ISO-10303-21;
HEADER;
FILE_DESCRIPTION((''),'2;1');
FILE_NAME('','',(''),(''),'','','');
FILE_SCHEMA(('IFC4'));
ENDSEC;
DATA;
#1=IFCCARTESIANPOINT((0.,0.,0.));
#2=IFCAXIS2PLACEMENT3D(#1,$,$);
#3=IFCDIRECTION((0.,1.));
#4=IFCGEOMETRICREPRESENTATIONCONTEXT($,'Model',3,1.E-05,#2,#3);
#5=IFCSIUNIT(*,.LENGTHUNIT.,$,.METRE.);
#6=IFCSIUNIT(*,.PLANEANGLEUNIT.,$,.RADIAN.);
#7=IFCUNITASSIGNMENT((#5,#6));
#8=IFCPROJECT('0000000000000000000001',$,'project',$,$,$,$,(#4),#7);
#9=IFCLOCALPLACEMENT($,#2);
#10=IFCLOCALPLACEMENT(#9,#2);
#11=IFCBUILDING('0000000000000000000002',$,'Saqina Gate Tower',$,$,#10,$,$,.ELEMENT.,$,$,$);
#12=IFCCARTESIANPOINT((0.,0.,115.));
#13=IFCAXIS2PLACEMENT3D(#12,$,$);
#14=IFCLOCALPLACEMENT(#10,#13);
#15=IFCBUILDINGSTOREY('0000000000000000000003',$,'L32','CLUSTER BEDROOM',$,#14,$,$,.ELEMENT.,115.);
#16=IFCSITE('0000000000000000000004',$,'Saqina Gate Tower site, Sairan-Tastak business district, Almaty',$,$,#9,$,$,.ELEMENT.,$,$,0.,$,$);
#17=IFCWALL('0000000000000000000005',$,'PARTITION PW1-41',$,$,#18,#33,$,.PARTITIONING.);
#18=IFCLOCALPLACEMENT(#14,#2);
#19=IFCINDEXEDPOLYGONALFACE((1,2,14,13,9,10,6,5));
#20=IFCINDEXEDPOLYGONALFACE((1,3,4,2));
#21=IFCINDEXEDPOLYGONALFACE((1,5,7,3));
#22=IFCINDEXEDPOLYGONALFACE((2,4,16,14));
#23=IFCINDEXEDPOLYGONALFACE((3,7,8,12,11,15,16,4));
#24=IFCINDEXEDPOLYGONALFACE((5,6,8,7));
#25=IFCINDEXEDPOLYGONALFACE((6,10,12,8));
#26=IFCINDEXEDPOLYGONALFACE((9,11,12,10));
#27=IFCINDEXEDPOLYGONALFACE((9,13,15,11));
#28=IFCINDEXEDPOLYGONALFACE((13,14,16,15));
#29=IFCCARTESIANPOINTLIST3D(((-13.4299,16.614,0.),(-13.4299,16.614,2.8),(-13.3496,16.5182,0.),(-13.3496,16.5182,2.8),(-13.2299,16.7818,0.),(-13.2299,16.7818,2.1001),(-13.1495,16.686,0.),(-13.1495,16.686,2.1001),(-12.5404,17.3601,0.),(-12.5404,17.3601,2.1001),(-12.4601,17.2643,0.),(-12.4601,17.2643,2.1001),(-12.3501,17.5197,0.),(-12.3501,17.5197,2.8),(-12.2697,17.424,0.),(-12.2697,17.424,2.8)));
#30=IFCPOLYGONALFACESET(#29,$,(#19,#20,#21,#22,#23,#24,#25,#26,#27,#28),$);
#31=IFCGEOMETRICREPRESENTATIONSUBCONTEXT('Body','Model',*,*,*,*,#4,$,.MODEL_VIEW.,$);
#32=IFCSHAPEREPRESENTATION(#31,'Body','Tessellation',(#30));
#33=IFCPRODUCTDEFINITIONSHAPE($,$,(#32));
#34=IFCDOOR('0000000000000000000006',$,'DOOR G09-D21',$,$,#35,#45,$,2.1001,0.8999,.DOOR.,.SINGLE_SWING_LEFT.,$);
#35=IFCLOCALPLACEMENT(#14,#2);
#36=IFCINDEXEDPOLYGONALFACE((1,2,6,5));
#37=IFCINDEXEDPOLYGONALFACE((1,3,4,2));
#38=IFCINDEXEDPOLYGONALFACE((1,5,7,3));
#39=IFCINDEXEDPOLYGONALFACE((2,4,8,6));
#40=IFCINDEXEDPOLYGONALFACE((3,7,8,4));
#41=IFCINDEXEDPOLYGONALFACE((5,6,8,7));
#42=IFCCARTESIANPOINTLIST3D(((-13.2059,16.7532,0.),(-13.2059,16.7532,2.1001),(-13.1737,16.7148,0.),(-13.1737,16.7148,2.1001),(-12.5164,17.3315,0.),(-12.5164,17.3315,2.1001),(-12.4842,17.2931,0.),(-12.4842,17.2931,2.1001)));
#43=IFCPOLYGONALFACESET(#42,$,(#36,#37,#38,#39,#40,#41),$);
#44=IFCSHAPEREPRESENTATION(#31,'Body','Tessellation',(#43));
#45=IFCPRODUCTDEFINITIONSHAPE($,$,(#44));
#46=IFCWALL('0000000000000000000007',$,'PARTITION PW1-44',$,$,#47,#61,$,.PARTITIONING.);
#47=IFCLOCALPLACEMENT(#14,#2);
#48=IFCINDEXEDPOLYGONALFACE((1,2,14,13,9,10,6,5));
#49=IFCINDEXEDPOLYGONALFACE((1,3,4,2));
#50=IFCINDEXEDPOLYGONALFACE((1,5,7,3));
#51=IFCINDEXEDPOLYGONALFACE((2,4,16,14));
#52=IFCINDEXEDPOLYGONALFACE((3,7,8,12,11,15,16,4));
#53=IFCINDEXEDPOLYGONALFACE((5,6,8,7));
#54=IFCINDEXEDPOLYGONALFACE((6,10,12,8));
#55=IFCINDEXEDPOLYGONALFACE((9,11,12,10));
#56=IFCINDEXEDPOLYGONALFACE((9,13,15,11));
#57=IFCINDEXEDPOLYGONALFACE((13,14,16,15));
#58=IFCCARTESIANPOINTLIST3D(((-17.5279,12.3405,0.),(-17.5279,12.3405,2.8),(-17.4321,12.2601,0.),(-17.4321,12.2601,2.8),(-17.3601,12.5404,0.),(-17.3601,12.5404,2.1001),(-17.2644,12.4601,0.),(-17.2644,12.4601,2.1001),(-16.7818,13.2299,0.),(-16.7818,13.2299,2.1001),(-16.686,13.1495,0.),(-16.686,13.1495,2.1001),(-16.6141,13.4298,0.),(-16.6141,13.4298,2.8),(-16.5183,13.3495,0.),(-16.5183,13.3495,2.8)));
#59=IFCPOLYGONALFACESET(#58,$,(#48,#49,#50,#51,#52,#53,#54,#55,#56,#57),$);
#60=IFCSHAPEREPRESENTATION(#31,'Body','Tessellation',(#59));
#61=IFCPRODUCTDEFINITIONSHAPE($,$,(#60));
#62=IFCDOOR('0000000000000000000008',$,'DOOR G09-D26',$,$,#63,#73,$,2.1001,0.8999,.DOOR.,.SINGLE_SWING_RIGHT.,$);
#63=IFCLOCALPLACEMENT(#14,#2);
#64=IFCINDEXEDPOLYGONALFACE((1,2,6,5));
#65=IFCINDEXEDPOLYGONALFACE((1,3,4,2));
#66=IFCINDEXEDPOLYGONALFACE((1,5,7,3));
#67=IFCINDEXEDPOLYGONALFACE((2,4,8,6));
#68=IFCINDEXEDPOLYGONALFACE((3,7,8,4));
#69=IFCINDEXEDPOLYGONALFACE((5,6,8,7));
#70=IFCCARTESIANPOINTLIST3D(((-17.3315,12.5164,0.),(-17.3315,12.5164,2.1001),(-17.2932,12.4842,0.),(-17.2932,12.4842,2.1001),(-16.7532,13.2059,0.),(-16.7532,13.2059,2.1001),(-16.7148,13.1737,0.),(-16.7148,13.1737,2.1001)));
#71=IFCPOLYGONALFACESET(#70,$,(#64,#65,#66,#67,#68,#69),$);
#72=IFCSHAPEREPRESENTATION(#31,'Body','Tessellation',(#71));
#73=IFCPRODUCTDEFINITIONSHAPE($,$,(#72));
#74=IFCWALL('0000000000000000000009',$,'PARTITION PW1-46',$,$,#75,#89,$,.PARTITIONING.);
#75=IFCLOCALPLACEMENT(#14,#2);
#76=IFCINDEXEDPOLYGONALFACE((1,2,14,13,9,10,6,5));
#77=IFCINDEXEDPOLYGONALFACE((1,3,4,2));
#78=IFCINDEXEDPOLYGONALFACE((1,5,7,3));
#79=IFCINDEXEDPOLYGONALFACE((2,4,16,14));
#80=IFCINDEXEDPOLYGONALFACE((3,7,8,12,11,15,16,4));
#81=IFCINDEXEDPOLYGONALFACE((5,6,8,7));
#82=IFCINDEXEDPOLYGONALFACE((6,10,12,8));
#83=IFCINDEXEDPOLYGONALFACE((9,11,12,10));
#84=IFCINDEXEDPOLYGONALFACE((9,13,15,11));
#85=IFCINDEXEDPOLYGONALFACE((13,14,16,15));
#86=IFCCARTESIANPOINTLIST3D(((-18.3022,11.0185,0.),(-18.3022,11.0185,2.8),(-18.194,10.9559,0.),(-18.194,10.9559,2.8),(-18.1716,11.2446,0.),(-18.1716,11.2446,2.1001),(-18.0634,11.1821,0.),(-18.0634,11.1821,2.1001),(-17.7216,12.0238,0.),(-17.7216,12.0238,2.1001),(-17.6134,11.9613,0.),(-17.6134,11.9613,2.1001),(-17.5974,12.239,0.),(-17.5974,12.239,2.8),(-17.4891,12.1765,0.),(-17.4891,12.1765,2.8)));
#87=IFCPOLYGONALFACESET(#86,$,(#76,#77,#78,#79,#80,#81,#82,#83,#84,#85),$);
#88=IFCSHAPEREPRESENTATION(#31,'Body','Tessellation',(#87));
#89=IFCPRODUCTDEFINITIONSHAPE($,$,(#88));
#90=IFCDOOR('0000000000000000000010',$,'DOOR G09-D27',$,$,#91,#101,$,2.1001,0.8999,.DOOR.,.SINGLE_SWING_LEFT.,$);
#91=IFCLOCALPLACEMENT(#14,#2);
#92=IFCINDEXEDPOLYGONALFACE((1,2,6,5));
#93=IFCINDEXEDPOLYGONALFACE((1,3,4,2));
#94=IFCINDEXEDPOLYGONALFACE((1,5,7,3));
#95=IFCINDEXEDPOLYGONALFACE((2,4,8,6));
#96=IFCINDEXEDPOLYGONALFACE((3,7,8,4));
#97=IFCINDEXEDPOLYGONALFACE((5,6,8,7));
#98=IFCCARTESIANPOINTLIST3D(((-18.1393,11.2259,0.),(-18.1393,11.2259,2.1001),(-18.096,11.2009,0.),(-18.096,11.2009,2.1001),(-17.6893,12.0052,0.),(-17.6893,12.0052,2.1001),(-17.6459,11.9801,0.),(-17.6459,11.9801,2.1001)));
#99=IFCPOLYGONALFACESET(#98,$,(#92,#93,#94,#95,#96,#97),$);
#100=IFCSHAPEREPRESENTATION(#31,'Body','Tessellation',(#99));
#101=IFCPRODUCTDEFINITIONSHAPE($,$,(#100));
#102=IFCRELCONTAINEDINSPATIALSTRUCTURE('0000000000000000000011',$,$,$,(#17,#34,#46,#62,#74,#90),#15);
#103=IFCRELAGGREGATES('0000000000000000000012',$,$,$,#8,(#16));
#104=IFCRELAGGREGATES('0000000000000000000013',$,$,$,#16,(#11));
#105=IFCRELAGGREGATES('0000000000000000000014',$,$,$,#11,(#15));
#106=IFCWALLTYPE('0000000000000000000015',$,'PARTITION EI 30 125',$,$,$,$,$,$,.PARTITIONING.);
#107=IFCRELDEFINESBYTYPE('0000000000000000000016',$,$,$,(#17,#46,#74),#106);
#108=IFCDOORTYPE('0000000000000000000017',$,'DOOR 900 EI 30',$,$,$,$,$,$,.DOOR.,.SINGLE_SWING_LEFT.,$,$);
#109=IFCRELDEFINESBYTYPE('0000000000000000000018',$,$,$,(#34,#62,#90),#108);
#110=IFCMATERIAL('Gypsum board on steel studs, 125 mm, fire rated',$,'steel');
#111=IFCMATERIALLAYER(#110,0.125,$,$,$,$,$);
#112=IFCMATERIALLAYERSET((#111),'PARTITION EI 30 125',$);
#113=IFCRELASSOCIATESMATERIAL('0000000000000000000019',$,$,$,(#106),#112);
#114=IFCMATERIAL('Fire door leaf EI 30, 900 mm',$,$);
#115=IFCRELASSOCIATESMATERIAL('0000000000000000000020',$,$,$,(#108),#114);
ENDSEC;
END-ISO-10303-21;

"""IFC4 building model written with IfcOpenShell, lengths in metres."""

from ifc_helpers import new_model, si_unit, direction, frame, frame_2d, origin, place, context, subcontext, project, spatial, rectangle, extrude, material, layer, layer_set, type_object, element, fill, save


model = new_model("IFC4")

# Units and contexts
model_context = context("Model", 3, precision=1e-05, world=origin(), true_north=direction((0.0, 1.0)))
body_context = subcontext(model_context, "Body", "Model", "MODEL_VIEW")
ifc_project = project(units=[si_unit("LENGTHUNIT", "METRE"), si_unit("PLANEANGLEUNIT", "RADIAN")], contexts=[model_context])

# Site, building, storey
site_placement = place(None, origin())
site = spatial("IfcSite", under=ifc_project, at=site_placement, Name="Saqina Gate Tower site, Sairan-Tastak business district, Almaty", CompositionType="ELEMENT", RefElevation=0.0)
building_placement = place(site_placement, origin())
building = spatial("IfcBuilding", under=site, at=building_placement, Name="Saqina Gate Tower", CompositionType="ELEMENT")
storey_placement = place(building_placement, frame((0.0, 0.0, 115.0)))
storey = spatial("IfcBuildingStorey", under=building, at=storey_placement, Name="L32", Description="CLUSTER BEDROOM", CompositionType="ELEMENT", Elevation=115.0)

# Walls, openings, doors
ifc_material_1 = material(Name="Gypsum board on steel studs, 125 mm, fire rated", Category="steel")
ifc_layer_1 = layer(ifc_material_1, 0.125)
ifc_layer_set_1 = layer_set([ifc_layer_1], Name="PARTITION EI 30 125")
wall_type_1 = type_object("IfcWallType", Name="PARTITION EI 30 125", PredefinedType="PARTITIONING", material=ifc_layer_set_1)
wall_1_placement = place(storey_placement, frame((-13.3896, 16.5662, 0.0), z_axis=(0.0, 0.0, 1.0), x_axis=(0.766159, 0.642652, 0.0)))
wall_1 = element("IfcWall", 1, at=wall_1_placement, inside=storey, type_object=wall_type_1, Name="PARTITION PW1-41", PredefinedType="PARTITIONING", context=body_context, shape_type="SweptSolid", body=[
    extrude(rectangle(XDim=1.4094, YDim=0.125, at=frame_2d((0.7046, 0.0))), origin(), (0.0, 0.0, 1.0), 2.8),
])
opening_1_placement = place(wall_1_placement, frame((0.261, 0.0, 0.0)))
opening_1 = element("IfcOpeningElement", 2, at=opening_1_placement, cuts=wall_1, PredefinedType="OPENING", context=body_context, shape_type="SweptSolid", body=[
    extrude(rectangle(XDim=0.8999, YDim=2.1001, at=frame_2d((0.45, 1.05))), frame((0.0, 0.0745, 0.0), z_axis=(0.0, -1.0, 0.0), x_axis=(1.0, 0.0, 0.0)), (0.0, 0.0, 1.0), 0.1489),
])
ifc_material_2 = material(Name="Fire door leaf EI 30, 900 mm")
door_type_1 = type_object("IfcDoorType", Name="DOOR 900 EI 30", OperationType="SINGLE_SWING_LEFT", PredefinedType="DOOR", material=ifc_material_2)
door_1_placement = place(opening_1_placement, frame((0.8999, 0.0, 0.0), z_axis=(0.0, 0.0, 1.0), x_axis=(-1.0, 0.0, 0.0)))
door_1 = element("IfcDoor", 3, at=door_1_placement, inside=storey, type_object=door_type_1, Name="DOOR G09-D21", OperationType="SINGLE_SWING_LEFT", OverallHeight=2.1001, OverallWidth=0.8999, PredefinedType="DOOR", context=body_context, shape_type="SweptSolid", body=[
    extrude(rectangle(XDim=0.8999, YDim=2.1001, at=frame_2d((0.45, 1.05))), frame((0.0, 0.0249, 0.0), z_axis=(0.0, -1.0, 0.0), x_axis=(1.0, 0.0, 0.0)), (0.0, 0.0, 1.0), 0.05),
])
fill(opening_1, door_1)
wall_2_placement = place(storey_placement, frame((-17.48, 12.3003, 0.0), z_axis=(0.0, 0.0, 1.0), x_axis=(0.642681, 0.766134, 0.0)))
wall_2 = element("IfcWall", 4, at=wall_2_placement, inside=storey, type_object=wall_type_1, Name="PARTITION PW1-44", PredefinedType="PARTITIONING", context=body_context, shape_type="SweptSolid", body=[
    extrude(rectangle(XDim=1.4219, YDim=0.125, at=frame_2d((0.7109, 0.0))), origin(), (0.0, 0.0, 1.0), 2.8),
])
opening_2_placement = place(wall_2_placement, frame((0.261, 0.0, 0.0)))
opening_2 = element("IfcOpeningElement", 5, at=opening_2_placement, cuts=wall_2, PredefinedType="OPENING", context=body_context, shape_type="SweptSolid", body=[
    extrude(rectangle(XDim=0.8999, YDim=2.1001, at=frame_2d((0.45, 1.05))), frame((0.0, 0.0745, 0.0), z_axis=(0.0, -1.0, 0.0), x_axis=(1.0, 0.0, 0.0)), (0.0, 0.0, 1.0), 0.1489),
])
door_2_placement = place(opening_2_placement, frame((0.8999, 0.0, 0.0), z_axis=(0.0, 0.0, 1.0), x_axis=(-1.0, 0.0, 0.0)))
door_2 = element("IfcDoor", 6, at=door_2_placement, inside=storey, type_object=door_type_1, Name="DOOR G09-D26", OperationType="SINGLE_SWING_RIGHT", OverallHeight=2.1001, OverallWidth=0.8999, PredefinedType="DOOR", context=body_context, shape_type="SweptSolid", body=[
    extrude(rectangle(XDim=0.8999, YDim=2.1001, at=frame_2d((0.45, 1.05))), frame((0.0, 0.0249, 0.0), z_axis=(0.0, -1.0, 0.0), x_axis=(1.0, 0.0, 0.0)), (0.0, 0.0, 1.0), 0.05),
])
fill(opening_2, door_2)
wall_3_placement = place(storey_placement, frame((-18.248, 10.9873, 0.0), z_axis=(0.0, 0.0, 1.0), x_axis=(0.500107, 0.865963, 0.0)))
wall_3 = element("IfcWall", 7, at=wall_3_placement, inside=storey, type_object=wall_type_1, Name="PARTITION PW1-46", PredefinedType="PARTITIONING", context=body_context, shape_type="SweptSolid", body=[
    extrude(rectangle(XDim=1.4094, YDim=0.125, at=frame_2d((0.7046, 0.0))), origin(), (0.0, 0.0, 1.0), 2.8),
])
opening_3_placement = place(wall_3_placement, frame((0.261, 0.0, 0.0)))
opening_3 = element("IfcOpeningElement", 8, at=opening_3_placement, cuts=wall_3, PredefinedType="OPENING", context=body_context, shape_type="SweptSolid", body=[
    extrude(rectangle(XDim=0.8999, YDim=2.1001, at=frame_2d((0.45, 1.05))), frame((0.0, 0.0745, 0.0), z_axis=(0.0, -1.0, 0.0), x_axis=(1.0, 0.0, 0.0)), (0.0, 0.0, 1.0), 0.1489),
])
door_3_placement = place(opening_3_placement, frame((0.8999, 0.0, 0.0), z_axis=(0.0, 0.0, 1.0), x_axis=(-1.0, 0.0, 0.0)))
door_3 = element("IfcDoor", 9, at=door_3_placement, inside=storey, type_object=door_type_1, Name="DOOR G09-D27", OperationType="SINGLE_SWING_LEFT", OverallHeight=2.1001, OverallWidth=0.8999, PredefinedType="DOOR", context=body_context, shape_type="SweptSolid", body=[
    extrude(rectangle(XDim=0.8999, YDim=2.1001, at=frame_2d((0.45, 1.05))), frame((0.0, 0.0249, 0.0), z_axis=(0.0, -1.0, 0.0), x_axis=(1.0, 0.0, 0.0)), (0.0, 0.0, 1.0), 0.05),
])
fill(opening_3, door_3)

save(model, "model.ifc")
